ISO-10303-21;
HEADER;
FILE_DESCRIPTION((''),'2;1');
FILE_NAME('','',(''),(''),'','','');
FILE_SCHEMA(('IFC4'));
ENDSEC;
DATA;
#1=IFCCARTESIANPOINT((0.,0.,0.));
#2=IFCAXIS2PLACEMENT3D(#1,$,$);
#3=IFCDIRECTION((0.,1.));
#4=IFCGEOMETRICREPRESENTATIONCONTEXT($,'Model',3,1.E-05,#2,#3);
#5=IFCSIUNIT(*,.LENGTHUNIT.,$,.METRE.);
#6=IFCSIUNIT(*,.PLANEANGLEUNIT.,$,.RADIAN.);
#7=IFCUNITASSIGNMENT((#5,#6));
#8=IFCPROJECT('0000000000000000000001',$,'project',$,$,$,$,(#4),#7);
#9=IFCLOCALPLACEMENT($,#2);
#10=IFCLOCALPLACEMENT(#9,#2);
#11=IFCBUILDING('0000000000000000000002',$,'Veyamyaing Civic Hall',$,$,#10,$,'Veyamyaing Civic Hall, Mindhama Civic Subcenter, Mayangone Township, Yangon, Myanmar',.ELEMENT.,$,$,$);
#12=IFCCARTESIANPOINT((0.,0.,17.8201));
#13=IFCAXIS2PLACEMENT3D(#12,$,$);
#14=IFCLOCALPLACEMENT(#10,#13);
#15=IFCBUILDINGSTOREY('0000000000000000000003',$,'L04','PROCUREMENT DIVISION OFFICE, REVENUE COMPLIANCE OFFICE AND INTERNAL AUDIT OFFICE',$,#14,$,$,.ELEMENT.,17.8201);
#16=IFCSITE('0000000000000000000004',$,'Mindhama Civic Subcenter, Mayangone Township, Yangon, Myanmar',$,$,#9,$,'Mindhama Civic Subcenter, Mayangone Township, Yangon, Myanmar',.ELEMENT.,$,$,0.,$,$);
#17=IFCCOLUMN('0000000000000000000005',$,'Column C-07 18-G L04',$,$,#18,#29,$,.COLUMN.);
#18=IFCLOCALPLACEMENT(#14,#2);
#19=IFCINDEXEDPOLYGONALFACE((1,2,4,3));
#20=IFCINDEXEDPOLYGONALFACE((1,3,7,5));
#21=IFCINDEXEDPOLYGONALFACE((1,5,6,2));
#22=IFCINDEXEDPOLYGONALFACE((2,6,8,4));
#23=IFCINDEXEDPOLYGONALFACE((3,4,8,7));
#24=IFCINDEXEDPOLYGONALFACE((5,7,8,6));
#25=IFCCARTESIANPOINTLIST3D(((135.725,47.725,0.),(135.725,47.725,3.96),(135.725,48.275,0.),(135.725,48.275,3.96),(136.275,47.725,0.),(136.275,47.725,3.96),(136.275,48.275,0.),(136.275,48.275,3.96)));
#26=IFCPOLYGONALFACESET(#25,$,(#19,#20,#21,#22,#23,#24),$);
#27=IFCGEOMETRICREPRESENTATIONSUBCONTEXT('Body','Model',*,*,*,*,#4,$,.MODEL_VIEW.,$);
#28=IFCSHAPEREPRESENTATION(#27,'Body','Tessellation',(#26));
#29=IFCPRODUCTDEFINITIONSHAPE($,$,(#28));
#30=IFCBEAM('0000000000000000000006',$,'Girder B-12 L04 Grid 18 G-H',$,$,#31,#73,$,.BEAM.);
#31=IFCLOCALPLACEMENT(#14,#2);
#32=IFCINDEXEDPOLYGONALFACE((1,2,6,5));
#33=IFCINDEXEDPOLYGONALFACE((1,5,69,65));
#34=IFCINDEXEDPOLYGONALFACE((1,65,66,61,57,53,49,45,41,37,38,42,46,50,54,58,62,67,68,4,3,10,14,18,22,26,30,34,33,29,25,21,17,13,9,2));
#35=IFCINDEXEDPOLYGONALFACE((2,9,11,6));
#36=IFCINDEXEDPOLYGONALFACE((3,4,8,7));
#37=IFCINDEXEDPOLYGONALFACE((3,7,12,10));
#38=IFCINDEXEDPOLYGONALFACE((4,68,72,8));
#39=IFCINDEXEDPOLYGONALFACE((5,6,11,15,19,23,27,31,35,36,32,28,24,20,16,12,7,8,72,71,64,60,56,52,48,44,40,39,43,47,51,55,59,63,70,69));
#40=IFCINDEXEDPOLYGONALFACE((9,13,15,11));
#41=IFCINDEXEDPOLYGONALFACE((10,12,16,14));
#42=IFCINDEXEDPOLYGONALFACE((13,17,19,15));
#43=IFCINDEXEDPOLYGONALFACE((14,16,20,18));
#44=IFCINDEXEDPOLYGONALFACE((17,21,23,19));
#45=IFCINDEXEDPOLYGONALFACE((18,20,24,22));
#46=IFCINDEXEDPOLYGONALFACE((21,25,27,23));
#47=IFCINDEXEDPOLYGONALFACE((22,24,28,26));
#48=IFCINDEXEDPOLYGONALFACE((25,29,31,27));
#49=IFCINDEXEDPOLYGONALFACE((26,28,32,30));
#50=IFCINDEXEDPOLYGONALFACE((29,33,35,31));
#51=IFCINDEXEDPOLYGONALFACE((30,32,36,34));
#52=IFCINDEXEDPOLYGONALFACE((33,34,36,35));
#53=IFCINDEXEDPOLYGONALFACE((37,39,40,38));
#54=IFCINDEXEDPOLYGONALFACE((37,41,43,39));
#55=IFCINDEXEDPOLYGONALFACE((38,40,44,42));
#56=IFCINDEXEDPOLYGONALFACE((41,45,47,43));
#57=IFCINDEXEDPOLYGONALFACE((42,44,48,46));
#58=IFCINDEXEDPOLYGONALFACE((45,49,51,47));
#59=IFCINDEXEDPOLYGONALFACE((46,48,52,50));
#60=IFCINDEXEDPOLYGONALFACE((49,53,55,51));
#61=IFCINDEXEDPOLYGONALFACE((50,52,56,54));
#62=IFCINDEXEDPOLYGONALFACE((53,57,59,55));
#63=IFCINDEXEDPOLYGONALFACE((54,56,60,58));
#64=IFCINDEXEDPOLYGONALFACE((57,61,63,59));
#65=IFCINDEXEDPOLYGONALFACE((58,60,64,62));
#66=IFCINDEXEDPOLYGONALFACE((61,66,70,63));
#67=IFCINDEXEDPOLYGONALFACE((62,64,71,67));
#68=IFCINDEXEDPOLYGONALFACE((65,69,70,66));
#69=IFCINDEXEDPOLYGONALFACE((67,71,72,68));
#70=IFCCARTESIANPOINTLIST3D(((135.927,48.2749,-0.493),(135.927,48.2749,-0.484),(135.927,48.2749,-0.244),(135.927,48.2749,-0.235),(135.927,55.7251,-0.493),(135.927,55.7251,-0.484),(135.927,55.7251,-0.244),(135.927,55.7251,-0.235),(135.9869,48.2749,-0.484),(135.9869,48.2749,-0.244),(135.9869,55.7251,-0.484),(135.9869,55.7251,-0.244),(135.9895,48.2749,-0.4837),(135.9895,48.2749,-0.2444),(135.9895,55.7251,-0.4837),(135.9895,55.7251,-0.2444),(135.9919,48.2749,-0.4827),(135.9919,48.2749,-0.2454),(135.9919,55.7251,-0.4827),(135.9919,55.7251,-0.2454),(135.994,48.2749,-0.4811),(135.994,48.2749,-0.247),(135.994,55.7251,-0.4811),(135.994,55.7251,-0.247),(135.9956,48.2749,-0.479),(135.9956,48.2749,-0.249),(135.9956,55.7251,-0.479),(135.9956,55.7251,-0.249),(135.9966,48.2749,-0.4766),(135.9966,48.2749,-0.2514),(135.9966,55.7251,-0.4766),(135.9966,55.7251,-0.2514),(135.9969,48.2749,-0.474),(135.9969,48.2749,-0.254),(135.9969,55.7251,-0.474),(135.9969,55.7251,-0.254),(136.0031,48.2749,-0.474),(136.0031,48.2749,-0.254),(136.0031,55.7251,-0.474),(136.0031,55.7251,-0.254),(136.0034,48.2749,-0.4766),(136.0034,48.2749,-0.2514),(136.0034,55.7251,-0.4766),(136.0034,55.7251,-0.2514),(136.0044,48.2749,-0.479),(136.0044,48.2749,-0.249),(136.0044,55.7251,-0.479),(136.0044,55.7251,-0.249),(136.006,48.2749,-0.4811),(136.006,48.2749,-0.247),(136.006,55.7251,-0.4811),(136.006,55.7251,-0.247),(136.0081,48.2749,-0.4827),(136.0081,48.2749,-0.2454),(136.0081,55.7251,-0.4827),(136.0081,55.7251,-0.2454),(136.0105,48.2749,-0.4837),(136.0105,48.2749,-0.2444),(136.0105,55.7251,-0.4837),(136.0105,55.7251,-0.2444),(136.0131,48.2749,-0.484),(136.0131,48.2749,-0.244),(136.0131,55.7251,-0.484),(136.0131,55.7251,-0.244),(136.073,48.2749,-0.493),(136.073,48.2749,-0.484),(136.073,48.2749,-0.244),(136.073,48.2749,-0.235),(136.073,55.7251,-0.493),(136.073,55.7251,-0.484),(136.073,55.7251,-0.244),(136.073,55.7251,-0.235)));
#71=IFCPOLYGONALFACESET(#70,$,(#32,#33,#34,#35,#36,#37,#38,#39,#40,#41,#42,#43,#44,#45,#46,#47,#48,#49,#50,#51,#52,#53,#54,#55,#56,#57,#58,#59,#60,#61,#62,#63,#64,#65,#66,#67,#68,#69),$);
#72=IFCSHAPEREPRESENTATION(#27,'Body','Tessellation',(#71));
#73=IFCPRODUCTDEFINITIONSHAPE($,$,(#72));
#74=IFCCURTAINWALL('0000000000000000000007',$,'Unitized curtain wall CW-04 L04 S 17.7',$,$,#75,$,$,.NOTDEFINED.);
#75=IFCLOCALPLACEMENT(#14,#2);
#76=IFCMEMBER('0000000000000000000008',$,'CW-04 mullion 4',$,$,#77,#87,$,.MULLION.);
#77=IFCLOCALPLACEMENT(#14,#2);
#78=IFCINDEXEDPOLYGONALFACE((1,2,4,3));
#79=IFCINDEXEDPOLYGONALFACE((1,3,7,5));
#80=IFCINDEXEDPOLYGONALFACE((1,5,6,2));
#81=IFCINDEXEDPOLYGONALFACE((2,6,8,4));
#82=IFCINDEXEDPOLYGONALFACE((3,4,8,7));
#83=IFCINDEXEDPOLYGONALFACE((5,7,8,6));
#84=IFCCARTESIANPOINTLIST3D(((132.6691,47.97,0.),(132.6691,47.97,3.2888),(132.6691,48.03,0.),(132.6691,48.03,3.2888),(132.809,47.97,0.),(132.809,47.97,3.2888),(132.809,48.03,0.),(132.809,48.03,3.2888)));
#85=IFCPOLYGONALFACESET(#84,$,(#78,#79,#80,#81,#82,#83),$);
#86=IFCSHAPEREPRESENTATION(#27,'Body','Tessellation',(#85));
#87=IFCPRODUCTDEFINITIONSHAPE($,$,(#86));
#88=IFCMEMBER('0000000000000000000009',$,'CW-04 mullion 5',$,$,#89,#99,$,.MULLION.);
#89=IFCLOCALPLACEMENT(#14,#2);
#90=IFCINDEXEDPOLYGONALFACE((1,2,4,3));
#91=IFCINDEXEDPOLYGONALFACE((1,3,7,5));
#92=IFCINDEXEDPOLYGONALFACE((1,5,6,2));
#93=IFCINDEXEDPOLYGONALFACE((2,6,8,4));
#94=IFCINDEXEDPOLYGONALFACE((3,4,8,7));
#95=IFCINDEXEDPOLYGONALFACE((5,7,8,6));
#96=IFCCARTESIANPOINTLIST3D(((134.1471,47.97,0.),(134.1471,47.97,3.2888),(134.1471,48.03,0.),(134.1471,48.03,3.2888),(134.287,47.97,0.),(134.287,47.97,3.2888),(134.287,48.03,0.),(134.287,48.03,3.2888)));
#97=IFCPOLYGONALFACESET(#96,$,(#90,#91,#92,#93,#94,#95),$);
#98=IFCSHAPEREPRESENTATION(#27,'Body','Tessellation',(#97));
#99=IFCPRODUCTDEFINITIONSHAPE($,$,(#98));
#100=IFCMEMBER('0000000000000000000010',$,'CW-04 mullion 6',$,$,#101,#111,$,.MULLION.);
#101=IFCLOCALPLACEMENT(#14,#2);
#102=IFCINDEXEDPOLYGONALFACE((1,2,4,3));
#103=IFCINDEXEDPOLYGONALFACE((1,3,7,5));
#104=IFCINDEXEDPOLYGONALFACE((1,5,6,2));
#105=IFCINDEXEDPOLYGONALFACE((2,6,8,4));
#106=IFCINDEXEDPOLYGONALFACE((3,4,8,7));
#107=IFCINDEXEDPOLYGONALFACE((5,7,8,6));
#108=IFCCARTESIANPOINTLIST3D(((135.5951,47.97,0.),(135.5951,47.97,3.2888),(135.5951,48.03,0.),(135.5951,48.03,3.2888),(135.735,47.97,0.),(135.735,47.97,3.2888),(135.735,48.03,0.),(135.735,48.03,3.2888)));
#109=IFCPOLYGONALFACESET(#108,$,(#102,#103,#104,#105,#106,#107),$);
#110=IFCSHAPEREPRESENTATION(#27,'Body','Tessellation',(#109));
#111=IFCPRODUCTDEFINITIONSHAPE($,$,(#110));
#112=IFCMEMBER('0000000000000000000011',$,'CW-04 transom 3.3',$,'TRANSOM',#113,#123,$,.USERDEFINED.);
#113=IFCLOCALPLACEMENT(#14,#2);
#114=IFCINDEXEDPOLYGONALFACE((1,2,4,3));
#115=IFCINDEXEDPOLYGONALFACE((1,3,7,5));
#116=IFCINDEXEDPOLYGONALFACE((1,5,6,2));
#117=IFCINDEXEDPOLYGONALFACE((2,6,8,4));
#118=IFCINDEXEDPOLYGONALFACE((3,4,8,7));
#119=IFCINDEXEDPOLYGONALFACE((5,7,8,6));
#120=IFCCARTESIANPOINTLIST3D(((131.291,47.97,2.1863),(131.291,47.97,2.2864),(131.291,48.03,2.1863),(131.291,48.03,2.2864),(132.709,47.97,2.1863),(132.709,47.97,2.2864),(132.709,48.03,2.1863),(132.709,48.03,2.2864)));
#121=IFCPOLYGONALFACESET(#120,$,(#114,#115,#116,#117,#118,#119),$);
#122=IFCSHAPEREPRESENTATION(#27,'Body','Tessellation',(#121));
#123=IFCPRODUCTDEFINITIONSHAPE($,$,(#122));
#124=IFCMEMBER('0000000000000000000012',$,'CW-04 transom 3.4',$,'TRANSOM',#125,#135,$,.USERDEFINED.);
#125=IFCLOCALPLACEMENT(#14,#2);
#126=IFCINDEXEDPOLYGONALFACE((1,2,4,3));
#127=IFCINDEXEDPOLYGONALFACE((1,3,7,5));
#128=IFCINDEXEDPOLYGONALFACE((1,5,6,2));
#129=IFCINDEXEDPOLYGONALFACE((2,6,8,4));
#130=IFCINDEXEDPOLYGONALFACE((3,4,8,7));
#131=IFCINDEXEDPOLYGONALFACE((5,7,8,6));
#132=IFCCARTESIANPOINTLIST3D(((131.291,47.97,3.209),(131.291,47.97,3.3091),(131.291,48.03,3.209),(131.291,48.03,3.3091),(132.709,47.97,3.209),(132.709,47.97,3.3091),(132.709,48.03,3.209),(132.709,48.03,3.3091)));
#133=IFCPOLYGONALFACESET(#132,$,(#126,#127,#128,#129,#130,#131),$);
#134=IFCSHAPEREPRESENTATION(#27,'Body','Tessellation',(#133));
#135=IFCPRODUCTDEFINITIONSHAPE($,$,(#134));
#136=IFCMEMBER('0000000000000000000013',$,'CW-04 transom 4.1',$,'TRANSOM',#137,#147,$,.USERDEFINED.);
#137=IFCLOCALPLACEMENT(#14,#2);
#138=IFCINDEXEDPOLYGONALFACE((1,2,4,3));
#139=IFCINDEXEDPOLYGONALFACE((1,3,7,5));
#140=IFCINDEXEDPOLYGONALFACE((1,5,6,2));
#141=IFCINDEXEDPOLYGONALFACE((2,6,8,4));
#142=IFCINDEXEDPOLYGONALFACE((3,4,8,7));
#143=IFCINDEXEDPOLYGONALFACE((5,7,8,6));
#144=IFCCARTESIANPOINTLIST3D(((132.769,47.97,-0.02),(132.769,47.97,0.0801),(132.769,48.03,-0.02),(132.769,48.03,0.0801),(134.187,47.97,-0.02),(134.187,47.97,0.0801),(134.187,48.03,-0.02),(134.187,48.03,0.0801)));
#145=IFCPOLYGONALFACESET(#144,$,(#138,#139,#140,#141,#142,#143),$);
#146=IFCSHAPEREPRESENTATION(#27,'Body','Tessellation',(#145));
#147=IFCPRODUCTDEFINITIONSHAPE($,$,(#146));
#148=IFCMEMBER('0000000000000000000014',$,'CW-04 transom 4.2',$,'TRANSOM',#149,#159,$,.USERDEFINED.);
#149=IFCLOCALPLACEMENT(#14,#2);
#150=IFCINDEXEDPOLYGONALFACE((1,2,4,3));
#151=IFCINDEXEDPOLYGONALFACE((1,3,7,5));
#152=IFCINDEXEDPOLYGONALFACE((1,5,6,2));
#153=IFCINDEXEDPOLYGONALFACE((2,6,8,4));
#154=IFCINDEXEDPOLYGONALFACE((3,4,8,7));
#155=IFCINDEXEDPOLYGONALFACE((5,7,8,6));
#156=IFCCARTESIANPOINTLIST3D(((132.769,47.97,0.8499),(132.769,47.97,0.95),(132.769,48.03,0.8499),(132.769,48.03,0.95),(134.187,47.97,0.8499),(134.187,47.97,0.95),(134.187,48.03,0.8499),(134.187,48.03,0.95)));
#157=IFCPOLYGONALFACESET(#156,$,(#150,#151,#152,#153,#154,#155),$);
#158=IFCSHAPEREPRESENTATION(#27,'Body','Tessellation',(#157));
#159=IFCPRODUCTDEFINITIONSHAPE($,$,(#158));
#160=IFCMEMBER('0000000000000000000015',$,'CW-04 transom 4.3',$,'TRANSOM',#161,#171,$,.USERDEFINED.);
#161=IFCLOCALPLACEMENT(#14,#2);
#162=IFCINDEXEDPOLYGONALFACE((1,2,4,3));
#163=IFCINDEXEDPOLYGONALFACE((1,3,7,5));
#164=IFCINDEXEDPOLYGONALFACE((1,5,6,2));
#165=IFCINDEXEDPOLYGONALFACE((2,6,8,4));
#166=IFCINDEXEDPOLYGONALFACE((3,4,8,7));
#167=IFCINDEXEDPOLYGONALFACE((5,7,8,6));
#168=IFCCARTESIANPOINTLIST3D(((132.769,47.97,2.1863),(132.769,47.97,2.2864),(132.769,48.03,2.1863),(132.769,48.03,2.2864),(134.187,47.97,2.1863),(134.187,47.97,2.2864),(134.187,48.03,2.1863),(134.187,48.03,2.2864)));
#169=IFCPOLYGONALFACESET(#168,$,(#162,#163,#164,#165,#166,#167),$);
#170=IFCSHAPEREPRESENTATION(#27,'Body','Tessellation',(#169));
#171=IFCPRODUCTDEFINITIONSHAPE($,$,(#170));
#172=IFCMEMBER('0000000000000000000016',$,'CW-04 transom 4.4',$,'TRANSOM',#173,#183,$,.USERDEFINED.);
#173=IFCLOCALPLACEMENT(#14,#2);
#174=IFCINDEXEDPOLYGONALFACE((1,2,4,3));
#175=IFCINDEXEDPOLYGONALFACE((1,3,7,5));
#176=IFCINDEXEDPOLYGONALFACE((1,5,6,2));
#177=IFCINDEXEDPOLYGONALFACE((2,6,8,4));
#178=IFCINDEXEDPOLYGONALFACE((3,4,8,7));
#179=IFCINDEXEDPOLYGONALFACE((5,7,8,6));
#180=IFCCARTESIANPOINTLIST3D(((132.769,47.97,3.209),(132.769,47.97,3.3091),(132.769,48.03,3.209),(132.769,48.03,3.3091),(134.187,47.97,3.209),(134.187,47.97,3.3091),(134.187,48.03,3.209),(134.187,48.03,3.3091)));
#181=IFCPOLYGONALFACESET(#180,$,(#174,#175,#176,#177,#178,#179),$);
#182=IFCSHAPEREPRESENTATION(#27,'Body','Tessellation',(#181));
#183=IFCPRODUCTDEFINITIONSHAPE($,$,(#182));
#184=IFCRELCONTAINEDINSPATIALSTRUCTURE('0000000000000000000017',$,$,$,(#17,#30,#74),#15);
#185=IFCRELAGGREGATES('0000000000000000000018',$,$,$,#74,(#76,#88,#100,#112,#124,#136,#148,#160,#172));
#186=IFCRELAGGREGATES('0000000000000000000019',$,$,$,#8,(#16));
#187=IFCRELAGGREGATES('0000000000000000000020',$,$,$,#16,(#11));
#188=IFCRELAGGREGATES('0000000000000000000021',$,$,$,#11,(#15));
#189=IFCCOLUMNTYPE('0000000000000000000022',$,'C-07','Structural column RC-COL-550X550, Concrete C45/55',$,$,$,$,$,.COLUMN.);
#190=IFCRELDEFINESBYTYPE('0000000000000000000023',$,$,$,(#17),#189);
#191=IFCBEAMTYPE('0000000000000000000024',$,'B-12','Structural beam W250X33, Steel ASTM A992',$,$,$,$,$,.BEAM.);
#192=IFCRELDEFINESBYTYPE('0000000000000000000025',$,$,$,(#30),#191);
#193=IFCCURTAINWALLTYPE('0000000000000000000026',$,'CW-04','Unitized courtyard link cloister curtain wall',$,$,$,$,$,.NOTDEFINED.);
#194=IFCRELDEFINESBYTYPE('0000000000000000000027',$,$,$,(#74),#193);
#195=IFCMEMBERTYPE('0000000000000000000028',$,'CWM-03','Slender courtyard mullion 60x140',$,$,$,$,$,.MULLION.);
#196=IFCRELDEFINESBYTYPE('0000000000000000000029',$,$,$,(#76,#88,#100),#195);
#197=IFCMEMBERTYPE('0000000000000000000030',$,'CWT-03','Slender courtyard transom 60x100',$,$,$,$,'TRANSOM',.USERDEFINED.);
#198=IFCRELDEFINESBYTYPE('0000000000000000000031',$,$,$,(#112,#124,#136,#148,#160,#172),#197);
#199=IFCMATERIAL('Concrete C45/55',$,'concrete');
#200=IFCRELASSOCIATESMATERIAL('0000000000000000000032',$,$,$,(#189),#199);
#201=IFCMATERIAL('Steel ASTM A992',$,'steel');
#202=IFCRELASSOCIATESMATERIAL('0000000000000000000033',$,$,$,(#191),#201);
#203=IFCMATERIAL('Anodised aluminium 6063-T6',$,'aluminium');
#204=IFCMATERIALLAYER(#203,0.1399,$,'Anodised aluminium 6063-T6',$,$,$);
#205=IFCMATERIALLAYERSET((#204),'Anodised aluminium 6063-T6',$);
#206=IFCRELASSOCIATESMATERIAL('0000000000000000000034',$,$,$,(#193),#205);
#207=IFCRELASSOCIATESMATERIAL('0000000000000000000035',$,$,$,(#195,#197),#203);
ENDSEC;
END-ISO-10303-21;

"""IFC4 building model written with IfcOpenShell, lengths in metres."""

from ifc_helpers import new_model, si_unit, direction, frame, origin, origin_2d, place, context, subcontext, project, spatial, rectangle, i_section, extrude, material, layer, layer_set, material_profile, profile_set, type_object, element, aggregate, save


model = new_model("IFC4")

# Units and contexts
model_context = context("Model", 3, precision=1e-05, world=origin(), true_north=direction((0.0, 1.0)))
body_context = subcontext(model_context, "Body", "Model", "MODEL_VIEW")
ifc_project = project(units=[si_unit("LENGTHUNIT", "METRE"), si_unit("PLANEANGLEUNIT", "RADIAN")], contexts=[model_context])

# Site, building, storey
site_placement = place(None, origin())
site = spatial("IfcSite", under=ifc_project, at=site_placement, Name="Mindhama Civic Subcenter, Mayangone Township, Yangon, Myanmar", LongName="Mindhama Civic Subcenter, Mayangone Township, Yangon, Myanmar", CompositionType="ELEMENT", RefElevation=0.0)
building_placement = place(site_placement, origin())
building = spatial("IfcBuilding", under=site, at=building_placement, Name="Veyamyaing Civic Hall", LongName="Veyamyaing Civic Hall, Mindhama Civic Subcenter, Mayangone Township, Yangon, Myanmar", CompositionType="ELEMENT")
storey_placement = place(building_placement, frame((0.0, 0.0, 17.8201)))
storey = spatial("IfcBuildingStorey", under=building, at=storey_placement, Name="L04", Description="PROCUREMENT DIVISION OFFICE, REVENUE COMPLIANCE OFFICE AND INTERNAL AUDIT OFFICE", CompositionType="ELEMENT", Elevation=17.8201)

# Column
ifc_material_1 = material(Name="Concrete C45/55", Category="concrete")
ifc_material_profile_1 = material_profile(ifc_material_1, rectangle(XDim=0.55, YDim=0.55, at=origin_2d()), Name="RC-COL-550X550")
ifc_profile_set_1 = profile_set([ifc_material_profile_1], Name="Concrete C45/55")
column_type = type_object("IfcColumnType", Name="C-07", Description="Structural column RC-COL-550X550, Concrete C45/55", PredefinedType="COLUMN", material=ifc_profile_set_1)
column_placement = place(storey_placement, frame((136.0, 48.0, 0.0), z_axis=(0.0, 0.0, 1.0), x_axis=(1.0, 0.0, 0.0)))
element("IfcColumn", 1, at=column_placement, inside=storey, type_object=column_type, Name="Column C-07 18-G L04", PredefinedType="COLUMN", context=body_context, shape_type="SweptSolid", body=[
    extrude(rectangle(XDim=0.55, YDim=0.55, at=origin_2d()), origin(), (0.0, 0.0, 1.0), 3.96),
])

# Beam
ifc_material_2 = material(Name="Steel ASTM A992", Category="steel")
ifc_material_profile_2 = material_profile(ifc_material_2, i_section(OverallWidth=0.146, OverallDepth=0.2581, WebThickness=0.0061, FlangeThickness=0.009, FilletRadius=0.01, at=origin_2d()), Name="W250X33")
ifc_profile_set_2 = profile_set([ifc_material_profile_2], Name="Steel ASTM A992")
beam_type = type_object("IfcBeamType", Name="B-12", Description="Structural beam W250X33, Steel ASTM A992", PredefinedType="BEAM", material=ifc_profile_set_2)
beam_placement = place(storey_placement, frame((136.0, 48.2749, -0.364), z_axis=(0.0, 1.0, 0.0), x_axis=(-1.0, 0.0, 0.0)))
element("IfcBeam", 2, at=beam_placement, inside=storey, type_object=beam_type, Name="Girder B-12 L04 Grid 18 G-H", PredefinedType="BEAM", context=body_context, shape_type="SweptSolid", body=[
    extrude(i_section(OverallWidth=0.146, OverallDepth=0.2581, WebThickness=0.0061, FlangeThickness=0.009, FilletRadius=0.01, at=origin_2d()), origin(), (0.0, 0.0, 1.0), 7.4502),
])

# Curtain wall, members
ifc_material_3 = material(Name="Anodised aluminium 6063-T6", Category="aluminium")
ifc_layer_1 = layer(ifc_material_3, 0.1399, Name="Anodised aluminium 6063-T6")
ifc_layer_set_1 = layer_set([ifc_layer_1], Name="Anodised aluminium 6063-T6")
curtain_wall_type = type_object("IfcCurtainWallType", Name="CW-04", Description="Unitized courtyard link cloister curtain wall", PredefinedType="NOTDEFINED", material=ifc_layer_set_1)
curtain_wall_placement = place(storey_placement, origin())
curtain_wall = element("IfcCurtainWall", 3, at=curtain_wall_placement, inside=storey, type_object=curtain_wall_type, Name="Unitized curtain wall CW-04 L04 S 17.7", PredefinedType="NOTDEFINED")
ifc_material_profile_3 = material_profile(ifc_material_3, rectangle(XDim=0.0601, YDim=0.1399, at=origin_2d()), Name="ALU-MUL-60X140")
ifc_profile_set_3 = profile_set([ifc_material_profile_3], Name="Anodised aluminium 6063-T6")
member_type_1 = type_object("IfcMemberType", Name="CWM-03", Description="Slender courtyard mullion 60x140", PredefinedType="MULLION", material=ifc_profile_set_3)
member_1_placement = place(storey_placement, frame((132.739, 48.0, 0.0), z_axis=(0.0, 0.0, 1.0), x_axis=(0.0, 1.0, 0.0)))
member_1 = element("IfcMember", 4, at=member_1_placement, type_object=member_type_1, Name="CW-04 mullion 4", PredefinedType="MULLION", context=body_context, shape_type="SweptSolid", body=[
    extrude(rectangle(XDim=0.0601, YDim=0.1399, at=origin_2d()), origin(), (0.0, 0.0, 1.0), 3.2888),
])
member_2_placement = place(storey_placement, frame((134.217, 48.0, 0.0), z_axis=(0.0, 0.0, 1.0), x_axis=(0.0, 1.0, 0.0)))
member_2 = element("IfcMember", 5, at=member_2_placement, type_object=member_type_1, Name="CW-04 mullion 5", PredefinedType="MULLION", context=body_context, shape_type="SweptSolid", body=[
    extrude(rectangle(XDim=0.0601, YDim=0.1399, at=origin_2d()), origin(), (0.0, 0.0, 1.0), 3.2888),
])
member_3_placement = place(storey_placement, frame((135.665, 48.0, 0.0), z_axis=(0.0, 0.0, 1.0), x_axis=(0.0, 1.0, 0.0)))
member_3 = element("IfcMember", 6, at=member_3_placement, type_object=member_type_1, Name="CW-04 mullion 6", PredefinedType="MULLION", context=body_context, shape_type="SweptSolid", body=[
    extrude(rectangle(XDim=0.0601, YDim=0.1399, at=origin_2d()), origin(), (0.0, 0.0, 1.0), 3.2888),
])
ifc_material_profile_4 = material_profile(ifc_material_3, rectangle(XDim=0.0601, YDim=0.1001, at=origin_2d()), Name="ALU-TRN-60X100")
ifc_profile_set_4 = profile_set([ifc_material_profile_4], Name="Anodised aluminium 6063-T6")
member_type_2 = type_object("IfcMemberType", Name="CWT-03", Description="Slender courtyard transom 60x100", ElementType="TRANSOM", PredefinedType="USERDEFINED", material=ifc_profile_set_4)
member_4_placement = place(storey_placement, frame((131.291, 48.0, 2.2363), z_axis=(1.0, 0.0, 0.0), x_axis=(0.0, 1.0, 0.0)))
member_4 = element("IfcMember", 7, at=member_4_placement, type_object=member_type_2, Name="CW-04 transom 3.3", ObjectType="TRANSOM", PredefinedType="USERDEFINED", context=body_context, shape_type="SweptSolid", body=[
    extrude(rectangle(XDim=0.0601, YDim=0.1001, at=origin_2d()), origin(), (0.0, 0.0, 1.0), 1.418),
])
member_5_placement = place(storey_placement, frame((131.291, 48.0, 3.259), z_axis=(1.0, 0.0, 0.0), x_axis=(0.0, 1.0, 0.0)))
member_5 = element("IfcMember", 8, at=member_5_placement, type_object=member_type_2, Name="CW-04 transom 3.4", ObjectType="TRANSOM", PredefinedType="USERDEFINED", context=body_context, shape_type="SweptSolid", body=[
    extrude(rectangle(XDim=0.0601, YDim=0.1001, at=origin_2d()), origin(), (0.0, 0.0, 1.0), 1.418),
])
member_6_placement = place(storey_placement, frame((132.769, 48.0, 0.03), z_axis=(1.0, 0.0, 0.0), x_axis=(0.0, 1.0, 0.0)))
member_6 = element("IfcMember", 9, at=member_6_placement, type_object=member_type_2, Name="CW-04 transom 4.1", ObjectType="TRANSOM", PredefinedType="USERDEFINED", context=body_context, shape_type="SweptSolid", body=[
    extrude(rectangle(XDim=0.0601, YDim=0.1001, at=origin_2d()), origin(), (0.0, 0.0, 1.0), 1.418),
])
member_7_placement = place(storey_placement, frame((132.769, 48.0, 0.8999), z_axis=(1.0, 0.0, 0.0), x_axis=(0.0, 1.0, 0.0)))
member_7 = element("IfcMember", 10, at=member_7_placement, type_object=member_type_2, Name="CW-04 transom 4.2", ObjectType="TRANSOM", PredefinedType="USERDEFINED", context=body_context, shape_type="SweptSolid", body=[
    extrude(rectangle(XDim=0.0601, YDim=0.1001, at=origin_2d()), origin(), (0.0, 0.0, 1.0), 1.418),
])
member_8_placement = place(storey_placement, frame((132.769, 48.0, 2.2363), z_axis=(1.0, 0.0, 0.0), x_axis=(0.0, 1.0, 0.0)))
member_8 = element("IfcMember", 11, at=member_8_placement, type_object=member_type_2, Name="CW-04 transom 4.3", ObjectType="TRANSOM", PredefinedType="USERDEFINED", context=body_context, shape_type="SweptSolid", body=[
    extrude(rectangle(XDim=0.0601, YDim=0.1001, at=origin_2d()), origin(), (0.0, 0.0, 1.0), 1.418),
])
member_9_placement = place(storey_placement, frame((132.769, 48.0, 3.259), z_axis=(1.0, 0.0, 0.0), x_axis=(0.0, 1.0, 0.0)))
member_9 = element("IfcMember", 12, at=member_9_placement, type_object=member_type_2, Name="CW-04 transom 4.4", ObjectType="TRANSOM", PredefinedType="USERDEFINED", context=body_context, shape_type="SweptSolid", body=[
    extrude(rectangle(XDim=0.0601, YDim=0.1001, at=origin_2d()), origin(), (0.0, 0.0, 1.0), 1.418),
])
aggregate(curtain_wall, [member_1, member_2, member_3, member_4, member_5, member_6, member_7, member_8, member_9])

save(model, "model.ifc")
